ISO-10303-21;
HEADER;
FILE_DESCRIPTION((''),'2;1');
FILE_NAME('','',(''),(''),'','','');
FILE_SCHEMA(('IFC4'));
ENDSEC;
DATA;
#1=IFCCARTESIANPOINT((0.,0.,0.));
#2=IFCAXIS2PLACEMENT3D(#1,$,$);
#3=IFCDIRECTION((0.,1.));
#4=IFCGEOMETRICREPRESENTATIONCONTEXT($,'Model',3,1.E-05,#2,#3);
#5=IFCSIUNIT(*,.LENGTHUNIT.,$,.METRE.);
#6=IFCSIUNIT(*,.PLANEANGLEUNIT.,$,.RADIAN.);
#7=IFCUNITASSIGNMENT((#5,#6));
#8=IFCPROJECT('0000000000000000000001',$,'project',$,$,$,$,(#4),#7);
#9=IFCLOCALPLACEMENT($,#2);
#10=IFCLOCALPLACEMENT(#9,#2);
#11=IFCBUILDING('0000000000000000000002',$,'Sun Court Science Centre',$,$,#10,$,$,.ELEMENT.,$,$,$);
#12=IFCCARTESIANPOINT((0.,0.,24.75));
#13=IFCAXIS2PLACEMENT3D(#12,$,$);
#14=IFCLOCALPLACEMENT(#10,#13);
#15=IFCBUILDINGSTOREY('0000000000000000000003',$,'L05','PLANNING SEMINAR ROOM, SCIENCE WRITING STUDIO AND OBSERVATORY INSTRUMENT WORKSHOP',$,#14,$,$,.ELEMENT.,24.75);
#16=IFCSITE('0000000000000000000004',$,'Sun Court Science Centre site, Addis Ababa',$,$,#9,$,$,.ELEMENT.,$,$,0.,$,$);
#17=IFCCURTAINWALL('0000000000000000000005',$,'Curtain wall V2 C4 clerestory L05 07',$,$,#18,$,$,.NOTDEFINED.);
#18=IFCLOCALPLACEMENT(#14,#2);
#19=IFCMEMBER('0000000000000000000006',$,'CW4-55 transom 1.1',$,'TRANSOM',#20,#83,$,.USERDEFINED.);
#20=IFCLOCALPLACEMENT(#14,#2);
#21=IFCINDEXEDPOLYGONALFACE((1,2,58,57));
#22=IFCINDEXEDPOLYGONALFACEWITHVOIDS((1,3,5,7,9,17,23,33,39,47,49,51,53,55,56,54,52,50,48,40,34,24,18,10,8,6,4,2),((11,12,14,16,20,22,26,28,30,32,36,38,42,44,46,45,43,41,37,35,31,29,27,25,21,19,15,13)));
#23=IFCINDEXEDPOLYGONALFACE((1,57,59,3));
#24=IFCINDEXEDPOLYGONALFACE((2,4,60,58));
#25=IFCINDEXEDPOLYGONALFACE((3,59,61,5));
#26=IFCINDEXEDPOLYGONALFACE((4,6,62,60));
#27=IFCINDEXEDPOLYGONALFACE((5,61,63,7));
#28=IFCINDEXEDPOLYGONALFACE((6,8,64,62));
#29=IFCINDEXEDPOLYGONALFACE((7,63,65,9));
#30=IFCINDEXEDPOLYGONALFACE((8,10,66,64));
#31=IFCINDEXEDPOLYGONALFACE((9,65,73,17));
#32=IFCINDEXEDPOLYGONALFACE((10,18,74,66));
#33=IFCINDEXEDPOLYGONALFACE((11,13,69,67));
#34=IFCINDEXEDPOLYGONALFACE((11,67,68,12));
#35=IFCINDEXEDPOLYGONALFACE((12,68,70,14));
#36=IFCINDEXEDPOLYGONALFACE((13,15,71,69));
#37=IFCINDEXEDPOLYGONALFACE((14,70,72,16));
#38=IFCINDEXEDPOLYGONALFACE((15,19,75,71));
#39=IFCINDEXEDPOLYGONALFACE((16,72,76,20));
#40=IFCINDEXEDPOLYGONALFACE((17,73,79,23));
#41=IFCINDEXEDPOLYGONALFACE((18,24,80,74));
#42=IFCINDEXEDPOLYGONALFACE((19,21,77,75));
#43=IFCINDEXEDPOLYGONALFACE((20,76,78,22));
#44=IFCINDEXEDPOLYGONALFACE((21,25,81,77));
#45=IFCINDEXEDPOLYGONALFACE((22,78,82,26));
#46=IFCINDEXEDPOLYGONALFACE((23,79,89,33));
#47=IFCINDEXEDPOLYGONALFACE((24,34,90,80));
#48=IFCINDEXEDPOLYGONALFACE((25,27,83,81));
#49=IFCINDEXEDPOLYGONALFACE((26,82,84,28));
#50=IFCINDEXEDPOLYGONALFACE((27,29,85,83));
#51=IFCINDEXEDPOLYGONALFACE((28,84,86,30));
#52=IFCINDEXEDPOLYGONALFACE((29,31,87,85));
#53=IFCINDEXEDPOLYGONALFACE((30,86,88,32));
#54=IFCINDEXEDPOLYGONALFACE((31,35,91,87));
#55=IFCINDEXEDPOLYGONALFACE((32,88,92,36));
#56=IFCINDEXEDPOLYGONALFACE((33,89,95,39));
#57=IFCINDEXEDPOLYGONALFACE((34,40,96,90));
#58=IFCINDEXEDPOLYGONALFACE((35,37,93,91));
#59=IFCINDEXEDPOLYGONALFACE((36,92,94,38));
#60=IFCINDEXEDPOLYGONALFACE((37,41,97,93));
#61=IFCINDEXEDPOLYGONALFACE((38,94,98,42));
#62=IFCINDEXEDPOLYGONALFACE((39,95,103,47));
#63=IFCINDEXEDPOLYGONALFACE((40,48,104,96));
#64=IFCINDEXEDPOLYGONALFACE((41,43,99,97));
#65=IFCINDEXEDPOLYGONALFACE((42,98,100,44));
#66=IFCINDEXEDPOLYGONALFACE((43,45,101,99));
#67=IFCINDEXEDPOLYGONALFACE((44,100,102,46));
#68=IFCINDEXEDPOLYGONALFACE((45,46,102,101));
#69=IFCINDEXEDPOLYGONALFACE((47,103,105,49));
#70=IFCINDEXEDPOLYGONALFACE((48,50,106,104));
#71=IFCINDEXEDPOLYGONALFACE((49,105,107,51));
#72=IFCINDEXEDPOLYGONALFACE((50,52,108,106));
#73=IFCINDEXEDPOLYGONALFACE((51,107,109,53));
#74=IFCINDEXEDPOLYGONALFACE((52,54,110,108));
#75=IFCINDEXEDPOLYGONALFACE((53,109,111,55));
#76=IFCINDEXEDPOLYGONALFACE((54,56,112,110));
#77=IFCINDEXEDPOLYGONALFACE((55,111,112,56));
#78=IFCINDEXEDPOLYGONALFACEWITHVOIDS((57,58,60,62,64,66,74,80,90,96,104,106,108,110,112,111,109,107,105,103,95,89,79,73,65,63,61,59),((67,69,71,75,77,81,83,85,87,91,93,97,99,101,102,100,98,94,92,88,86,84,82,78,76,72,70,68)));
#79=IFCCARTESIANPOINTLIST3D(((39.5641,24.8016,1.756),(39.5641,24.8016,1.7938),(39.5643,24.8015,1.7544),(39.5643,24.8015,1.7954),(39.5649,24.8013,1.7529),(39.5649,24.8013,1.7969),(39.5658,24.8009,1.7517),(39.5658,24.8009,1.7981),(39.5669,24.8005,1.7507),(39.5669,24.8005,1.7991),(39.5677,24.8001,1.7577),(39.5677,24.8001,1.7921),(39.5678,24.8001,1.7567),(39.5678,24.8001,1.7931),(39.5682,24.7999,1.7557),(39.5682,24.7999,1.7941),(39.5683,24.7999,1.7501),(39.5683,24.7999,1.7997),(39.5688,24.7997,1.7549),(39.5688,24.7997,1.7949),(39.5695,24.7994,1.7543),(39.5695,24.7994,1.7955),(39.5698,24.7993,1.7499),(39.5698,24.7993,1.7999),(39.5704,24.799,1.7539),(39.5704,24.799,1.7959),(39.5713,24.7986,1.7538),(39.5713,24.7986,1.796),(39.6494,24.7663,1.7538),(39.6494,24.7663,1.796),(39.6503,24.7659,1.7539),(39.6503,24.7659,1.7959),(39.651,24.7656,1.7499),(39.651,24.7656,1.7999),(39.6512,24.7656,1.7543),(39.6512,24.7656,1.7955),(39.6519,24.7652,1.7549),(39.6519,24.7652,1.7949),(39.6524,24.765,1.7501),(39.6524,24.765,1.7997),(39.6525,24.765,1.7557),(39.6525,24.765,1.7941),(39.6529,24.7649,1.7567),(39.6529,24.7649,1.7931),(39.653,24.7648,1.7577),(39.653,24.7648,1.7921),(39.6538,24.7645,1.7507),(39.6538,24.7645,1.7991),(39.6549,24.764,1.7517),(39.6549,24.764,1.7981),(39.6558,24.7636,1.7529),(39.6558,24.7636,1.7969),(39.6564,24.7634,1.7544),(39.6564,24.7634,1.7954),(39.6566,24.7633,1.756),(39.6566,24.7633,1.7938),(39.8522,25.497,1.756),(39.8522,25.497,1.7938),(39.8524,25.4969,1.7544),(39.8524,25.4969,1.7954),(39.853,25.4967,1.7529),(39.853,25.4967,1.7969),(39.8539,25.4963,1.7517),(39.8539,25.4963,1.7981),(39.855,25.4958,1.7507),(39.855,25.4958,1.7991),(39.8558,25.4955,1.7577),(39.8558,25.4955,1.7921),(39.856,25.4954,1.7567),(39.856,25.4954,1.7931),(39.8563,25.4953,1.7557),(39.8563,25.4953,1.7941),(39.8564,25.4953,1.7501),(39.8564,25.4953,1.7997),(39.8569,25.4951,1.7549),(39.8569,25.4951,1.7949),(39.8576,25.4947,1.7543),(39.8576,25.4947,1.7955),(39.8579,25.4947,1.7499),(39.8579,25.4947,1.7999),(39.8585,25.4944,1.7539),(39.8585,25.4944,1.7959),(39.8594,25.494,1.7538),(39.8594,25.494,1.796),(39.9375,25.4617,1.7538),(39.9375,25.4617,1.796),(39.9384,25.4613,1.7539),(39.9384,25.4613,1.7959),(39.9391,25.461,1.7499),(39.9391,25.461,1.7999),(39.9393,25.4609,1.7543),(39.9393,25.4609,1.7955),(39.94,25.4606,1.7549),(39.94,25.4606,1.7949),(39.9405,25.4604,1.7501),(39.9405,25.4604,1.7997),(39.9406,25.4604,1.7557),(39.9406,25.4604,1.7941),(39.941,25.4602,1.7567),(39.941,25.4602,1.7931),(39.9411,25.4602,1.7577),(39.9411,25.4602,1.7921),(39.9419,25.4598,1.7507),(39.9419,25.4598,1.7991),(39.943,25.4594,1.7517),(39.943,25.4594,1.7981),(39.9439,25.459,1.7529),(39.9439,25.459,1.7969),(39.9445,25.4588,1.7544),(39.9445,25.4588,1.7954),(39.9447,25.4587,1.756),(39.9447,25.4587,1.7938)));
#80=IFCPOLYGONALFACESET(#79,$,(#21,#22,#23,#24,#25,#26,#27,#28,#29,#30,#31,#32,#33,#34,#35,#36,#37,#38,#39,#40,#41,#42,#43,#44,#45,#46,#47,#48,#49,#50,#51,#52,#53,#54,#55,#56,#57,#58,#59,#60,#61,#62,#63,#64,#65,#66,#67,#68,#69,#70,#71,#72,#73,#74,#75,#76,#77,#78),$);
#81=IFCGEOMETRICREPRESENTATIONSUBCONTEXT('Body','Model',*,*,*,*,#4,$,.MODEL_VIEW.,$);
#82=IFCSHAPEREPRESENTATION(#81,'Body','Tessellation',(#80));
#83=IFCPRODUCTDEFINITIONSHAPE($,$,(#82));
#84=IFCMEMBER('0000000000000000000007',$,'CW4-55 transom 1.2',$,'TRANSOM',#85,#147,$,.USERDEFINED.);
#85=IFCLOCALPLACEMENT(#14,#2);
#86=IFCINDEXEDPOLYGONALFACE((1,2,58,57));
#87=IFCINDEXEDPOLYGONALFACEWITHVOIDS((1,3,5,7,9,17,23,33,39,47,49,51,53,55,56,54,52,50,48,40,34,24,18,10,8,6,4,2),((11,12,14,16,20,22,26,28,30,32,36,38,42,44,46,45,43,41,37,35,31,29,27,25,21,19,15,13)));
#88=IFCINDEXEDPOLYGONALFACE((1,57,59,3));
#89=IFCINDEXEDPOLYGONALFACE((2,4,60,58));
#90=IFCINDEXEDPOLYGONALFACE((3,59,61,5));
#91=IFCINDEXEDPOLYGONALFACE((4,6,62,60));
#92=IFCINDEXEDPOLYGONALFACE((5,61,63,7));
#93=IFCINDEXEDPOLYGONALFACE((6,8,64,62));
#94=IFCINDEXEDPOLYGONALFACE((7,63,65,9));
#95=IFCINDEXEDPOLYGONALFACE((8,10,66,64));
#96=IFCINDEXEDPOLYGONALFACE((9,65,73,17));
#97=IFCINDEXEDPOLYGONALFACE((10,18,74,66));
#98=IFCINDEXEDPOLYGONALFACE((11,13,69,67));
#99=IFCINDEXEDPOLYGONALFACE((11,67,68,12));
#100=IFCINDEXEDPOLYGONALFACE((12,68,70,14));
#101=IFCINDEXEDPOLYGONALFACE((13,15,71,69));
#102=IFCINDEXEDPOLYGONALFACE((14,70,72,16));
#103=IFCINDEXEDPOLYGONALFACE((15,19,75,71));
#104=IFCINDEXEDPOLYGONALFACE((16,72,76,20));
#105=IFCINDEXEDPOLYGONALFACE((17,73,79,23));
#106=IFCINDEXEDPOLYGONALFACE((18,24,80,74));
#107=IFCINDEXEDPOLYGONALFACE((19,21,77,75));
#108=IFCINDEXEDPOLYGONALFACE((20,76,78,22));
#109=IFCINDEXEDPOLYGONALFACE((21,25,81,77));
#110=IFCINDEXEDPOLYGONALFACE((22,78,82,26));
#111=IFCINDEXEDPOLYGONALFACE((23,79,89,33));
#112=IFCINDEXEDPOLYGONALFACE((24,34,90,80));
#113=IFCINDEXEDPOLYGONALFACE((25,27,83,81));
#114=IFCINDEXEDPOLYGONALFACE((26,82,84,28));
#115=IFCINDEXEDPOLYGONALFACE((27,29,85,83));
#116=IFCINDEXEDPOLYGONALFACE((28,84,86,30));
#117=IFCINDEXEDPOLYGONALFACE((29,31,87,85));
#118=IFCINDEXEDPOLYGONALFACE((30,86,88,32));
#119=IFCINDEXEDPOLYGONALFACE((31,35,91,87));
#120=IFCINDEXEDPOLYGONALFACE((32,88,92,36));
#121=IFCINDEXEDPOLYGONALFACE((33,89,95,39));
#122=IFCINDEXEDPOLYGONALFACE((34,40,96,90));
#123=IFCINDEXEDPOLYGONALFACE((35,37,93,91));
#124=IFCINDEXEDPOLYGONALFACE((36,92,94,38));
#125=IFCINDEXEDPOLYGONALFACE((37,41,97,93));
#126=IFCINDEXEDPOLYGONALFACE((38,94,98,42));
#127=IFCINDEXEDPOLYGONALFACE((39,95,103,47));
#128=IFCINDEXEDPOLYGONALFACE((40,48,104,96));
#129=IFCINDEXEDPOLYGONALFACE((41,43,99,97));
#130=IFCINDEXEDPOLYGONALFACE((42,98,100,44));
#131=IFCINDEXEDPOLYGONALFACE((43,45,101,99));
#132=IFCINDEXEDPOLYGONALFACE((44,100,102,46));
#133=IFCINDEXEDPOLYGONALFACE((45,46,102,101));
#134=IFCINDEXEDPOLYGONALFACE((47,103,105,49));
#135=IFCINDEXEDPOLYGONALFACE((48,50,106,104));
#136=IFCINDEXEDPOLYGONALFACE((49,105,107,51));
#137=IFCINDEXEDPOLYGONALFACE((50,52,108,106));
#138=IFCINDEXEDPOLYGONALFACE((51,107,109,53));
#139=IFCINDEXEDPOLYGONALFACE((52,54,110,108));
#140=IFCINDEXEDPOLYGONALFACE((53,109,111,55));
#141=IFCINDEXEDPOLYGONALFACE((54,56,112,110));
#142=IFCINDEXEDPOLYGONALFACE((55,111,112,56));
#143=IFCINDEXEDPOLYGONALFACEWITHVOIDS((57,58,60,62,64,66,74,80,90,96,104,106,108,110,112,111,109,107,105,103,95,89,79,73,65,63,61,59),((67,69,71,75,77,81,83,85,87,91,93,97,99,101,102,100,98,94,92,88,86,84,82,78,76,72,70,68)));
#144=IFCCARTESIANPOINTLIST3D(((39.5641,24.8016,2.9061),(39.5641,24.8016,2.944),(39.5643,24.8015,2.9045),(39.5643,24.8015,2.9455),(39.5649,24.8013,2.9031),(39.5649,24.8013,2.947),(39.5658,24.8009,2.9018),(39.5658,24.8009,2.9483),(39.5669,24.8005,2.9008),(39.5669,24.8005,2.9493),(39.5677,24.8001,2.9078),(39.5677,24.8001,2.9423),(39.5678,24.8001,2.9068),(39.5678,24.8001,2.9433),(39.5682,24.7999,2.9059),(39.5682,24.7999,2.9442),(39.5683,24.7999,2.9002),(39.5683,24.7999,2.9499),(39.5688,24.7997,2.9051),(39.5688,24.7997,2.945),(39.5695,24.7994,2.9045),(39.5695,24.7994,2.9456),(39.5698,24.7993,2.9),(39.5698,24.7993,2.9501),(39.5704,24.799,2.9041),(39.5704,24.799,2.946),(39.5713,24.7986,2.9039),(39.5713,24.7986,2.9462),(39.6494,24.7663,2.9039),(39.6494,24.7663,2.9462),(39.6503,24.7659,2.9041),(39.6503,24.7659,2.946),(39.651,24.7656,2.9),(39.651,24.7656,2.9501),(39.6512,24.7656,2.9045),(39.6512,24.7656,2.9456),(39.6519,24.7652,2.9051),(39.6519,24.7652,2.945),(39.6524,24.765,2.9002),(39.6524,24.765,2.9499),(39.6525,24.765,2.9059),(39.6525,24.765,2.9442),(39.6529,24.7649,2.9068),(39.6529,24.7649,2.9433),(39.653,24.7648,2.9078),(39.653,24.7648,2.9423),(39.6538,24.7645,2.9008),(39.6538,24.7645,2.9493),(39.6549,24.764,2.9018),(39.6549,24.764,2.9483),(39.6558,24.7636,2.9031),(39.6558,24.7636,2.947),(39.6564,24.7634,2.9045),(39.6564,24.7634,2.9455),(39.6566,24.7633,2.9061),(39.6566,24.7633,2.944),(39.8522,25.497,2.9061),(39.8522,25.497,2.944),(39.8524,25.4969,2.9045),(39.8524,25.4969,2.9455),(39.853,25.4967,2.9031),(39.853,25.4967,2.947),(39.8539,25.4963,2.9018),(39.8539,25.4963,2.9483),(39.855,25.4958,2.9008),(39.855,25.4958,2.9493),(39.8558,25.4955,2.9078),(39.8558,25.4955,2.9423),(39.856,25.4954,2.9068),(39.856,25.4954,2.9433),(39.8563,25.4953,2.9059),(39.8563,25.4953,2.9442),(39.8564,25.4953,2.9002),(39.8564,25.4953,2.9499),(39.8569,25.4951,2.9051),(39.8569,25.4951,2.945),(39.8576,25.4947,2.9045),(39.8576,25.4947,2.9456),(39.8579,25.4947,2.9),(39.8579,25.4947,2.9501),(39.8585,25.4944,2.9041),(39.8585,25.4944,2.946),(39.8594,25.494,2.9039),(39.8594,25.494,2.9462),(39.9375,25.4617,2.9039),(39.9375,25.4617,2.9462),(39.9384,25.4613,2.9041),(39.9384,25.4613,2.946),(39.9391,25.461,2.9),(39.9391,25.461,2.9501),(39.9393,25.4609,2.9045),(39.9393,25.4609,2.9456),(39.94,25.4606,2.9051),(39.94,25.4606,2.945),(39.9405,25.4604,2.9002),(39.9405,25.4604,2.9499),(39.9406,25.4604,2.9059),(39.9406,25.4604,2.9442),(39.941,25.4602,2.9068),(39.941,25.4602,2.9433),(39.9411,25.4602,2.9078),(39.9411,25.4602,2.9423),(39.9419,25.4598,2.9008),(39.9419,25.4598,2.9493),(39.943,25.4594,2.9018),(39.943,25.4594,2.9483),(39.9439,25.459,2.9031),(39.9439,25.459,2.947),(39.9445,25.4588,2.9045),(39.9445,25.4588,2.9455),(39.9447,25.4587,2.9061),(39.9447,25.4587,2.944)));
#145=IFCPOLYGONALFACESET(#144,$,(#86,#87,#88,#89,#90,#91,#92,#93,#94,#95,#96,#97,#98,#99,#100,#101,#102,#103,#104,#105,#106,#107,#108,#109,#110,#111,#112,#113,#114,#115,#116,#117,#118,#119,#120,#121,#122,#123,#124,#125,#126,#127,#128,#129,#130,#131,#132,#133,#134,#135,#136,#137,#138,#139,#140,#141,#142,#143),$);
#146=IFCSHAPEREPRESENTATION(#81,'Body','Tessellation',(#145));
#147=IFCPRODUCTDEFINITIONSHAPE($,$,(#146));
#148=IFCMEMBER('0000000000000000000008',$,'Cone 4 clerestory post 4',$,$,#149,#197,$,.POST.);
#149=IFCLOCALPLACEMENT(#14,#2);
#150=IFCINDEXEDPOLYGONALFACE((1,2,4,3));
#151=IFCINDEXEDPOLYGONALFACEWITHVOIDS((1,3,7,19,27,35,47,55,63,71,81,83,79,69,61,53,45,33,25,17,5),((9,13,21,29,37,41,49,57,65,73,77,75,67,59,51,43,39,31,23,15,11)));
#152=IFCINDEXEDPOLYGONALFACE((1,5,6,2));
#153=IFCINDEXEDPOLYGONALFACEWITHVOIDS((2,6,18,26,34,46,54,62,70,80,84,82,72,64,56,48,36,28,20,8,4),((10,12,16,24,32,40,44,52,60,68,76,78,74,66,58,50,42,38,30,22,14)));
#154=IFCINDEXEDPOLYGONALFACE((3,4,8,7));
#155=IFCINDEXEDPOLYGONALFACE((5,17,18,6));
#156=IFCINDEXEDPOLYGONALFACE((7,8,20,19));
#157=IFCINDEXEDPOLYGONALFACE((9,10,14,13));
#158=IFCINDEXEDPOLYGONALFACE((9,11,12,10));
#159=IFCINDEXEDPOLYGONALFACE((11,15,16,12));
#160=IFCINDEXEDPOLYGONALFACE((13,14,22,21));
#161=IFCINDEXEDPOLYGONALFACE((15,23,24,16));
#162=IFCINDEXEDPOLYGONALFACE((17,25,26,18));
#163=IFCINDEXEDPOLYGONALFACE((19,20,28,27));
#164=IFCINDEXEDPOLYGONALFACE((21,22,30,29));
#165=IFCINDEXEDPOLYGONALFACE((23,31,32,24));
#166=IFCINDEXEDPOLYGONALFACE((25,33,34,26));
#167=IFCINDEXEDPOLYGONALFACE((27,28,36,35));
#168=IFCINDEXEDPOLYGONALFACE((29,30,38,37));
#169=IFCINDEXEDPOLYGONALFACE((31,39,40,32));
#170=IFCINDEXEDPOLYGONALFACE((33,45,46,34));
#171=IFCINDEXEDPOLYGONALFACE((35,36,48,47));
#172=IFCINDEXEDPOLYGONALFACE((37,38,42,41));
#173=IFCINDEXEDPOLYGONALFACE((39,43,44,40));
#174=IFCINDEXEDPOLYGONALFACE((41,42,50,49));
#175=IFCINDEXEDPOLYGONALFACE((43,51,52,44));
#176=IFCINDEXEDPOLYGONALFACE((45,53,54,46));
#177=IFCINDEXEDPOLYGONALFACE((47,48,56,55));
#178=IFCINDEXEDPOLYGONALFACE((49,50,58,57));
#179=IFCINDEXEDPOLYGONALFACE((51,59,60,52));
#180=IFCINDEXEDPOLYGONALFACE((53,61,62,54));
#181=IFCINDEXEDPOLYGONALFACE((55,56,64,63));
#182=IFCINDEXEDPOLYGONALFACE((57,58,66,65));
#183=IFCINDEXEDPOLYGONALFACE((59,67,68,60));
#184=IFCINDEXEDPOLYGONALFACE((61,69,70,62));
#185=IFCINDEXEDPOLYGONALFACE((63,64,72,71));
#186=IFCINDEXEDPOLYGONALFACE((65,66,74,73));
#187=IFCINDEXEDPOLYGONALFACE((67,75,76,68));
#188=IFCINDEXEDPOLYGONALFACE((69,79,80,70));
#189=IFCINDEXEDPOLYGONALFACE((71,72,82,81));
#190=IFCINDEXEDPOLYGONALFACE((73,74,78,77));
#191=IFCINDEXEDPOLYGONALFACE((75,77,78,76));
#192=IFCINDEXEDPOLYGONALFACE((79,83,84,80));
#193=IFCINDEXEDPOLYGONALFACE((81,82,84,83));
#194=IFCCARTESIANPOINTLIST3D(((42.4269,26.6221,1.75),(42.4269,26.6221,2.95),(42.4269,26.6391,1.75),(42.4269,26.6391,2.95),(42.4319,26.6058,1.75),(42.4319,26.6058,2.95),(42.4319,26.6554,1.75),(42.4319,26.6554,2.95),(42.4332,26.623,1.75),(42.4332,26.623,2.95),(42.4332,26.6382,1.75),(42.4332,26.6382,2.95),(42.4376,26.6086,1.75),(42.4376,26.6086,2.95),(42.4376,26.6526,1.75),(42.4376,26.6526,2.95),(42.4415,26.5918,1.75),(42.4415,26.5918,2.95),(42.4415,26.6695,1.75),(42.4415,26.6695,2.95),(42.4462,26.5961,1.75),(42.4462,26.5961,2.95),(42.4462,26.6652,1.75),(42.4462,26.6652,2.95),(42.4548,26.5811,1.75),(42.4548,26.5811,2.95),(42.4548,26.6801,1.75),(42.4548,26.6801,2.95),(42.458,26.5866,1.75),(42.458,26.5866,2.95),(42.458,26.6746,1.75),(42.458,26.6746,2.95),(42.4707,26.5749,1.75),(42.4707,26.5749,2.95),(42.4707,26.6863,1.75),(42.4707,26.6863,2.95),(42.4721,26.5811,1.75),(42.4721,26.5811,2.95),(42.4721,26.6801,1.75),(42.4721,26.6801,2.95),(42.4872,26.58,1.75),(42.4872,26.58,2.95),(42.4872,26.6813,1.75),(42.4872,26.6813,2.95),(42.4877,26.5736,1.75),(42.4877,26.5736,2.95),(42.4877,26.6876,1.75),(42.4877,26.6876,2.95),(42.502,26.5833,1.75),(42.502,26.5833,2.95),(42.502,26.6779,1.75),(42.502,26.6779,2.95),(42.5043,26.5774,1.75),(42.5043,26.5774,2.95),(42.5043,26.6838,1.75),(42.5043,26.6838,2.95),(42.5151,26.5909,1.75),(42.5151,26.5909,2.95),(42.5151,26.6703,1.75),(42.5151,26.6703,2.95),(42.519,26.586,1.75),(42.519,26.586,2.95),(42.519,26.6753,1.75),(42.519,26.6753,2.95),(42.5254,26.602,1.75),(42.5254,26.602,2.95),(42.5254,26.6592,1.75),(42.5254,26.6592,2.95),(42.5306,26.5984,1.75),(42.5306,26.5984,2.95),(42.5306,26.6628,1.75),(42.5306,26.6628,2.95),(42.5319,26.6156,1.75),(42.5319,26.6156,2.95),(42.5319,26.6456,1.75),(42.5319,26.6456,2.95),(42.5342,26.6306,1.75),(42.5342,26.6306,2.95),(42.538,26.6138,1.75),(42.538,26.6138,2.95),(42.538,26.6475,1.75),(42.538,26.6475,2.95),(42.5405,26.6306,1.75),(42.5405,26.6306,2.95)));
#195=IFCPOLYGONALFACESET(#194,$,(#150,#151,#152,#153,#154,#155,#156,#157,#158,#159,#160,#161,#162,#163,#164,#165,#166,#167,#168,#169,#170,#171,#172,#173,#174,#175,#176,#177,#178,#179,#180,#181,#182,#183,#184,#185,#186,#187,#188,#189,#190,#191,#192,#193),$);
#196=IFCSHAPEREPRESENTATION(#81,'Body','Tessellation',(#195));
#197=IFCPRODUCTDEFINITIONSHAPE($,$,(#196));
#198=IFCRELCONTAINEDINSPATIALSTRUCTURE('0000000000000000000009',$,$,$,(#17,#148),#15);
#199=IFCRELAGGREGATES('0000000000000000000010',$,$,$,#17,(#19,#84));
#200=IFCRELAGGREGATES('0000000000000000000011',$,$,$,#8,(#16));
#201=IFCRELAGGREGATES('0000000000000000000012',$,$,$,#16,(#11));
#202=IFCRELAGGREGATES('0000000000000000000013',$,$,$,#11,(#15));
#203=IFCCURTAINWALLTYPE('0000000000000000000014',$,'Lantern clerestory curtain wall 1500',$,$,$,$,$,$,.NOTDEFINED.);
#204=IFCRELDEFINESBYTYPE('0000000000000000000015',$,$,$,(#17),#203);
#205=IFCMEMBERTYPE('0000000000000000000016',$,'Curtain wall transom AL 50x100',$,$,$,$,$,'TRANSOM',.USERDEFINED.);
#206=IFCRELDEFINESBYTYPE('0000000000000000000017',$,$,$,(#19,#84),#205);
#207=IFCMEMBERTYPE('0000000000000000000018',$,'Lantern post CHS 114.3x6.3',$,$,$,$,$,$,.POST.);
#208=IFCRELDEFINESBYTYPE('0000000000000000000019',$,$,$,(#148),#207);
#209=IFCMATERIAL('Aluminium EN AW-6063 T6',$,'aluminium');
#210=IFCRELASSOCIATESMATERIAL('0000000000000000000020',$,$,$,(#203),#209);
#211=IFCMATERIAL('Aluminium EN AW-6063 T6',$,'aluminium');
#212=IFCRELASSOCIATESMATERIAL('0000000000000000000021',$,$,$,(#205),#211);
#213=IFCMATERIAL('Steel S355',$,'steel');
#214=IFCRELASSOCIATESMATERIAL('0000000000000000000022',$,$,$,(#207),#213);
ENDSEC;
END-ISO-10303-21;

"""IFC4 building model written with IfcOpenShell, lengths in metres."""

from ifc_helpers import new_model, si_unit, direction, frame, origin, origin_2d, place, context, subcontext, project, spatial, hollow_rectangle, hollow_circle, extrude, material, material_profile, profile_set, type_object, element, aggregate, save


model = new_model("IFC4")

# Units and contexts
model_context = context("Model", 3, precision=1e-05, world=origin(), true_north=direction((0.0, 1.0)))
body_context = subcontext(model_context, "Body", "Model", "MODEL_VIEW")
ifc_project = project(units=[si_unit("LENGTHUNIT", "METRE"), si_unit("PLANEANGLEUNIT", "RADIAN")], contexts=[model_context])

# Site, building, storey
site_placement = place(None, origin())
site = spatial("IfcSite", under=ifc_project, at=site_placement, Name="Sun Court Science Centre site, Addis Ababa", CompositionType="ELEMENT", RefElevation=0.0)
building_placement = place(site_placement, origin())
building = spatial("IfcBuilding", under=site, at=building_placement, Name="Sun Court Science Centre", CompositionType="ELEMENT")
storey_placement = place(building_placement, frame((0.0, 0.0, 24.75)))
storey = spatial("IfcBuildingStorey", under=building, at=storey_placement, Name="L05", Description="PLANNING SEMINAR ROOM, SCIENCE WRITING STUDIO AND OBSERVATORY INSTRUMENT WORKSHOP", CompositionType="ELEMENT", Elevation=24.75)

# Shared definitions
ifc_material_1 = material(Name="Aluminium EN AW-6063 T6", Category="aluminium")
curtain_wall_type = type_object("IfcCurtainWallType", Name="Lantern clerestory curtain wall 1500", PredefinedType="NOTDEFINED", material=ifc_material_1)

# Curtain wall
curtain_wall_1_placement = place(storey_placement, origin())
curtain_wall_1 = element("IfcCurtainWall", 1, at=curtain_wall_1_placement, inside=storey, type_object=curtain_wall_type, Name="Curtain wall V2 C4 clerestory L05 07", PredefinedType="NOTDEFINED")

# Members
ifc_material_2 = material(Name="Aluminium EN AW-6063 T6", Category="aluminium")
ifc_material_profile_1 = material_profile(ifc_material_2, hollow_rectangle(XDim=0.05, YDim=0.1001, WallThickness=0.0039, InnerFilletRadius=0.0039, OuterFilletRadius=0.0061, at=origin_2d()), Name="AL 50x100x4")
ifc_profile_set_1 = profile_set([ifc_material_profile_1], Name="Aluminium EN AW-6063 T6")
member_type_1 = type_object("IfcMemberType", Name="Curtain wall transom AL 50x100", ElementType="TRANSOM", PredefinedType="USERDEFINED", material=ifc_profile_set_1)
member_1_placement = place(storey_placement, frame((39.6104, 24.7825, 1.7749), z_axis=(0.382772, 0.923843, 0.0), x_axis=(0.0, 0.0, 1.0)))
member_1 = element("IfcMember", 2, at=member_1_placement, type_object=member_type_1, Name="CW4-55 transom 1.1", ObjectType="TRANSOM", PredefinedType="USERDEFINED", context=body_context, shape_type="SweptSolid", body=[
    extrude(hollow_rectangle(XDim=0.05, YDim=0.1001, WallThickness=0.0039, InnerFilletRadius=0.0039, OuterFilletRadius=0.0061, at=origin_2d()), origin(), (0.0, 0.0, 1.0), 0.7527),
])
member_2_placement = place(storey_placement, frame((39.6104, 24.7825, 2.925), z_axis=(0.382772, 0.923843, 0.0), x_axis=(0.0, 0.0, 1.0)))
member_2 = element("IfcMember", 3, at=member_2_placement, type_object=member_type_1, Name="CW4-55 transom 1.2", ObjectType="TRANSOM", PredefinedType="USERDEFINED", context=body_context, shape_type="SweptSolid", body=[
    extrude(hollow_rectangle(XDim=0.05, YDim=0.1001, WallThickness=0.0039, InnerFilletRadius=0.0039, OuterFilletRadius=0.0061, at=origin_2d()), origin(), (0.0, 0.0, 1.0), 0.7527),
])

# Member
ifc_material_3 = material(Name="Steel S355", Category="steel")
ifc_material_profile_2 = material_profile(ifc_material_3, hollow_circle(Radius=0.0571, WallThickness=0.0063, at=origin_2d()), Name="CHS 114.3x6.3")
ifc_profile_set_2 = profile_set([ifc_material_profile_2], Name="Steel S355")
member_type_2 = type_object("IfcMemberType", Name="Lantern post CHS 114.3x6.3", PredefinedType="POST", material=ifc_profile_set_2)
for number, where, z_axis, x_axis, name in (
    (4, (42.4834, 26.6306, 1.75), (0.0, 0.0, 1.0), (1.0, 0.0, 0.0), "Cone 4 clerestory post 4"),
):
    element("IfcMember", number, at=place(storey_placement, frame(where, z_axis=z_axis, x_axis=x_axis)), inside=storey, type_object=member_type_2, Name=name, PredefinedType="POST", context=body_context, shape_type="SweptSolid", body=[
        extrude(hollow_circle(Radius=0.0571, WallThickness=0.0063, at=origin_2d()), origin(), (0.0, 0.0, 1.0), 1.2),
    ])

aggregate(curtain_wall_1, [member_1, member_2])

save(model, "model.ifc")
